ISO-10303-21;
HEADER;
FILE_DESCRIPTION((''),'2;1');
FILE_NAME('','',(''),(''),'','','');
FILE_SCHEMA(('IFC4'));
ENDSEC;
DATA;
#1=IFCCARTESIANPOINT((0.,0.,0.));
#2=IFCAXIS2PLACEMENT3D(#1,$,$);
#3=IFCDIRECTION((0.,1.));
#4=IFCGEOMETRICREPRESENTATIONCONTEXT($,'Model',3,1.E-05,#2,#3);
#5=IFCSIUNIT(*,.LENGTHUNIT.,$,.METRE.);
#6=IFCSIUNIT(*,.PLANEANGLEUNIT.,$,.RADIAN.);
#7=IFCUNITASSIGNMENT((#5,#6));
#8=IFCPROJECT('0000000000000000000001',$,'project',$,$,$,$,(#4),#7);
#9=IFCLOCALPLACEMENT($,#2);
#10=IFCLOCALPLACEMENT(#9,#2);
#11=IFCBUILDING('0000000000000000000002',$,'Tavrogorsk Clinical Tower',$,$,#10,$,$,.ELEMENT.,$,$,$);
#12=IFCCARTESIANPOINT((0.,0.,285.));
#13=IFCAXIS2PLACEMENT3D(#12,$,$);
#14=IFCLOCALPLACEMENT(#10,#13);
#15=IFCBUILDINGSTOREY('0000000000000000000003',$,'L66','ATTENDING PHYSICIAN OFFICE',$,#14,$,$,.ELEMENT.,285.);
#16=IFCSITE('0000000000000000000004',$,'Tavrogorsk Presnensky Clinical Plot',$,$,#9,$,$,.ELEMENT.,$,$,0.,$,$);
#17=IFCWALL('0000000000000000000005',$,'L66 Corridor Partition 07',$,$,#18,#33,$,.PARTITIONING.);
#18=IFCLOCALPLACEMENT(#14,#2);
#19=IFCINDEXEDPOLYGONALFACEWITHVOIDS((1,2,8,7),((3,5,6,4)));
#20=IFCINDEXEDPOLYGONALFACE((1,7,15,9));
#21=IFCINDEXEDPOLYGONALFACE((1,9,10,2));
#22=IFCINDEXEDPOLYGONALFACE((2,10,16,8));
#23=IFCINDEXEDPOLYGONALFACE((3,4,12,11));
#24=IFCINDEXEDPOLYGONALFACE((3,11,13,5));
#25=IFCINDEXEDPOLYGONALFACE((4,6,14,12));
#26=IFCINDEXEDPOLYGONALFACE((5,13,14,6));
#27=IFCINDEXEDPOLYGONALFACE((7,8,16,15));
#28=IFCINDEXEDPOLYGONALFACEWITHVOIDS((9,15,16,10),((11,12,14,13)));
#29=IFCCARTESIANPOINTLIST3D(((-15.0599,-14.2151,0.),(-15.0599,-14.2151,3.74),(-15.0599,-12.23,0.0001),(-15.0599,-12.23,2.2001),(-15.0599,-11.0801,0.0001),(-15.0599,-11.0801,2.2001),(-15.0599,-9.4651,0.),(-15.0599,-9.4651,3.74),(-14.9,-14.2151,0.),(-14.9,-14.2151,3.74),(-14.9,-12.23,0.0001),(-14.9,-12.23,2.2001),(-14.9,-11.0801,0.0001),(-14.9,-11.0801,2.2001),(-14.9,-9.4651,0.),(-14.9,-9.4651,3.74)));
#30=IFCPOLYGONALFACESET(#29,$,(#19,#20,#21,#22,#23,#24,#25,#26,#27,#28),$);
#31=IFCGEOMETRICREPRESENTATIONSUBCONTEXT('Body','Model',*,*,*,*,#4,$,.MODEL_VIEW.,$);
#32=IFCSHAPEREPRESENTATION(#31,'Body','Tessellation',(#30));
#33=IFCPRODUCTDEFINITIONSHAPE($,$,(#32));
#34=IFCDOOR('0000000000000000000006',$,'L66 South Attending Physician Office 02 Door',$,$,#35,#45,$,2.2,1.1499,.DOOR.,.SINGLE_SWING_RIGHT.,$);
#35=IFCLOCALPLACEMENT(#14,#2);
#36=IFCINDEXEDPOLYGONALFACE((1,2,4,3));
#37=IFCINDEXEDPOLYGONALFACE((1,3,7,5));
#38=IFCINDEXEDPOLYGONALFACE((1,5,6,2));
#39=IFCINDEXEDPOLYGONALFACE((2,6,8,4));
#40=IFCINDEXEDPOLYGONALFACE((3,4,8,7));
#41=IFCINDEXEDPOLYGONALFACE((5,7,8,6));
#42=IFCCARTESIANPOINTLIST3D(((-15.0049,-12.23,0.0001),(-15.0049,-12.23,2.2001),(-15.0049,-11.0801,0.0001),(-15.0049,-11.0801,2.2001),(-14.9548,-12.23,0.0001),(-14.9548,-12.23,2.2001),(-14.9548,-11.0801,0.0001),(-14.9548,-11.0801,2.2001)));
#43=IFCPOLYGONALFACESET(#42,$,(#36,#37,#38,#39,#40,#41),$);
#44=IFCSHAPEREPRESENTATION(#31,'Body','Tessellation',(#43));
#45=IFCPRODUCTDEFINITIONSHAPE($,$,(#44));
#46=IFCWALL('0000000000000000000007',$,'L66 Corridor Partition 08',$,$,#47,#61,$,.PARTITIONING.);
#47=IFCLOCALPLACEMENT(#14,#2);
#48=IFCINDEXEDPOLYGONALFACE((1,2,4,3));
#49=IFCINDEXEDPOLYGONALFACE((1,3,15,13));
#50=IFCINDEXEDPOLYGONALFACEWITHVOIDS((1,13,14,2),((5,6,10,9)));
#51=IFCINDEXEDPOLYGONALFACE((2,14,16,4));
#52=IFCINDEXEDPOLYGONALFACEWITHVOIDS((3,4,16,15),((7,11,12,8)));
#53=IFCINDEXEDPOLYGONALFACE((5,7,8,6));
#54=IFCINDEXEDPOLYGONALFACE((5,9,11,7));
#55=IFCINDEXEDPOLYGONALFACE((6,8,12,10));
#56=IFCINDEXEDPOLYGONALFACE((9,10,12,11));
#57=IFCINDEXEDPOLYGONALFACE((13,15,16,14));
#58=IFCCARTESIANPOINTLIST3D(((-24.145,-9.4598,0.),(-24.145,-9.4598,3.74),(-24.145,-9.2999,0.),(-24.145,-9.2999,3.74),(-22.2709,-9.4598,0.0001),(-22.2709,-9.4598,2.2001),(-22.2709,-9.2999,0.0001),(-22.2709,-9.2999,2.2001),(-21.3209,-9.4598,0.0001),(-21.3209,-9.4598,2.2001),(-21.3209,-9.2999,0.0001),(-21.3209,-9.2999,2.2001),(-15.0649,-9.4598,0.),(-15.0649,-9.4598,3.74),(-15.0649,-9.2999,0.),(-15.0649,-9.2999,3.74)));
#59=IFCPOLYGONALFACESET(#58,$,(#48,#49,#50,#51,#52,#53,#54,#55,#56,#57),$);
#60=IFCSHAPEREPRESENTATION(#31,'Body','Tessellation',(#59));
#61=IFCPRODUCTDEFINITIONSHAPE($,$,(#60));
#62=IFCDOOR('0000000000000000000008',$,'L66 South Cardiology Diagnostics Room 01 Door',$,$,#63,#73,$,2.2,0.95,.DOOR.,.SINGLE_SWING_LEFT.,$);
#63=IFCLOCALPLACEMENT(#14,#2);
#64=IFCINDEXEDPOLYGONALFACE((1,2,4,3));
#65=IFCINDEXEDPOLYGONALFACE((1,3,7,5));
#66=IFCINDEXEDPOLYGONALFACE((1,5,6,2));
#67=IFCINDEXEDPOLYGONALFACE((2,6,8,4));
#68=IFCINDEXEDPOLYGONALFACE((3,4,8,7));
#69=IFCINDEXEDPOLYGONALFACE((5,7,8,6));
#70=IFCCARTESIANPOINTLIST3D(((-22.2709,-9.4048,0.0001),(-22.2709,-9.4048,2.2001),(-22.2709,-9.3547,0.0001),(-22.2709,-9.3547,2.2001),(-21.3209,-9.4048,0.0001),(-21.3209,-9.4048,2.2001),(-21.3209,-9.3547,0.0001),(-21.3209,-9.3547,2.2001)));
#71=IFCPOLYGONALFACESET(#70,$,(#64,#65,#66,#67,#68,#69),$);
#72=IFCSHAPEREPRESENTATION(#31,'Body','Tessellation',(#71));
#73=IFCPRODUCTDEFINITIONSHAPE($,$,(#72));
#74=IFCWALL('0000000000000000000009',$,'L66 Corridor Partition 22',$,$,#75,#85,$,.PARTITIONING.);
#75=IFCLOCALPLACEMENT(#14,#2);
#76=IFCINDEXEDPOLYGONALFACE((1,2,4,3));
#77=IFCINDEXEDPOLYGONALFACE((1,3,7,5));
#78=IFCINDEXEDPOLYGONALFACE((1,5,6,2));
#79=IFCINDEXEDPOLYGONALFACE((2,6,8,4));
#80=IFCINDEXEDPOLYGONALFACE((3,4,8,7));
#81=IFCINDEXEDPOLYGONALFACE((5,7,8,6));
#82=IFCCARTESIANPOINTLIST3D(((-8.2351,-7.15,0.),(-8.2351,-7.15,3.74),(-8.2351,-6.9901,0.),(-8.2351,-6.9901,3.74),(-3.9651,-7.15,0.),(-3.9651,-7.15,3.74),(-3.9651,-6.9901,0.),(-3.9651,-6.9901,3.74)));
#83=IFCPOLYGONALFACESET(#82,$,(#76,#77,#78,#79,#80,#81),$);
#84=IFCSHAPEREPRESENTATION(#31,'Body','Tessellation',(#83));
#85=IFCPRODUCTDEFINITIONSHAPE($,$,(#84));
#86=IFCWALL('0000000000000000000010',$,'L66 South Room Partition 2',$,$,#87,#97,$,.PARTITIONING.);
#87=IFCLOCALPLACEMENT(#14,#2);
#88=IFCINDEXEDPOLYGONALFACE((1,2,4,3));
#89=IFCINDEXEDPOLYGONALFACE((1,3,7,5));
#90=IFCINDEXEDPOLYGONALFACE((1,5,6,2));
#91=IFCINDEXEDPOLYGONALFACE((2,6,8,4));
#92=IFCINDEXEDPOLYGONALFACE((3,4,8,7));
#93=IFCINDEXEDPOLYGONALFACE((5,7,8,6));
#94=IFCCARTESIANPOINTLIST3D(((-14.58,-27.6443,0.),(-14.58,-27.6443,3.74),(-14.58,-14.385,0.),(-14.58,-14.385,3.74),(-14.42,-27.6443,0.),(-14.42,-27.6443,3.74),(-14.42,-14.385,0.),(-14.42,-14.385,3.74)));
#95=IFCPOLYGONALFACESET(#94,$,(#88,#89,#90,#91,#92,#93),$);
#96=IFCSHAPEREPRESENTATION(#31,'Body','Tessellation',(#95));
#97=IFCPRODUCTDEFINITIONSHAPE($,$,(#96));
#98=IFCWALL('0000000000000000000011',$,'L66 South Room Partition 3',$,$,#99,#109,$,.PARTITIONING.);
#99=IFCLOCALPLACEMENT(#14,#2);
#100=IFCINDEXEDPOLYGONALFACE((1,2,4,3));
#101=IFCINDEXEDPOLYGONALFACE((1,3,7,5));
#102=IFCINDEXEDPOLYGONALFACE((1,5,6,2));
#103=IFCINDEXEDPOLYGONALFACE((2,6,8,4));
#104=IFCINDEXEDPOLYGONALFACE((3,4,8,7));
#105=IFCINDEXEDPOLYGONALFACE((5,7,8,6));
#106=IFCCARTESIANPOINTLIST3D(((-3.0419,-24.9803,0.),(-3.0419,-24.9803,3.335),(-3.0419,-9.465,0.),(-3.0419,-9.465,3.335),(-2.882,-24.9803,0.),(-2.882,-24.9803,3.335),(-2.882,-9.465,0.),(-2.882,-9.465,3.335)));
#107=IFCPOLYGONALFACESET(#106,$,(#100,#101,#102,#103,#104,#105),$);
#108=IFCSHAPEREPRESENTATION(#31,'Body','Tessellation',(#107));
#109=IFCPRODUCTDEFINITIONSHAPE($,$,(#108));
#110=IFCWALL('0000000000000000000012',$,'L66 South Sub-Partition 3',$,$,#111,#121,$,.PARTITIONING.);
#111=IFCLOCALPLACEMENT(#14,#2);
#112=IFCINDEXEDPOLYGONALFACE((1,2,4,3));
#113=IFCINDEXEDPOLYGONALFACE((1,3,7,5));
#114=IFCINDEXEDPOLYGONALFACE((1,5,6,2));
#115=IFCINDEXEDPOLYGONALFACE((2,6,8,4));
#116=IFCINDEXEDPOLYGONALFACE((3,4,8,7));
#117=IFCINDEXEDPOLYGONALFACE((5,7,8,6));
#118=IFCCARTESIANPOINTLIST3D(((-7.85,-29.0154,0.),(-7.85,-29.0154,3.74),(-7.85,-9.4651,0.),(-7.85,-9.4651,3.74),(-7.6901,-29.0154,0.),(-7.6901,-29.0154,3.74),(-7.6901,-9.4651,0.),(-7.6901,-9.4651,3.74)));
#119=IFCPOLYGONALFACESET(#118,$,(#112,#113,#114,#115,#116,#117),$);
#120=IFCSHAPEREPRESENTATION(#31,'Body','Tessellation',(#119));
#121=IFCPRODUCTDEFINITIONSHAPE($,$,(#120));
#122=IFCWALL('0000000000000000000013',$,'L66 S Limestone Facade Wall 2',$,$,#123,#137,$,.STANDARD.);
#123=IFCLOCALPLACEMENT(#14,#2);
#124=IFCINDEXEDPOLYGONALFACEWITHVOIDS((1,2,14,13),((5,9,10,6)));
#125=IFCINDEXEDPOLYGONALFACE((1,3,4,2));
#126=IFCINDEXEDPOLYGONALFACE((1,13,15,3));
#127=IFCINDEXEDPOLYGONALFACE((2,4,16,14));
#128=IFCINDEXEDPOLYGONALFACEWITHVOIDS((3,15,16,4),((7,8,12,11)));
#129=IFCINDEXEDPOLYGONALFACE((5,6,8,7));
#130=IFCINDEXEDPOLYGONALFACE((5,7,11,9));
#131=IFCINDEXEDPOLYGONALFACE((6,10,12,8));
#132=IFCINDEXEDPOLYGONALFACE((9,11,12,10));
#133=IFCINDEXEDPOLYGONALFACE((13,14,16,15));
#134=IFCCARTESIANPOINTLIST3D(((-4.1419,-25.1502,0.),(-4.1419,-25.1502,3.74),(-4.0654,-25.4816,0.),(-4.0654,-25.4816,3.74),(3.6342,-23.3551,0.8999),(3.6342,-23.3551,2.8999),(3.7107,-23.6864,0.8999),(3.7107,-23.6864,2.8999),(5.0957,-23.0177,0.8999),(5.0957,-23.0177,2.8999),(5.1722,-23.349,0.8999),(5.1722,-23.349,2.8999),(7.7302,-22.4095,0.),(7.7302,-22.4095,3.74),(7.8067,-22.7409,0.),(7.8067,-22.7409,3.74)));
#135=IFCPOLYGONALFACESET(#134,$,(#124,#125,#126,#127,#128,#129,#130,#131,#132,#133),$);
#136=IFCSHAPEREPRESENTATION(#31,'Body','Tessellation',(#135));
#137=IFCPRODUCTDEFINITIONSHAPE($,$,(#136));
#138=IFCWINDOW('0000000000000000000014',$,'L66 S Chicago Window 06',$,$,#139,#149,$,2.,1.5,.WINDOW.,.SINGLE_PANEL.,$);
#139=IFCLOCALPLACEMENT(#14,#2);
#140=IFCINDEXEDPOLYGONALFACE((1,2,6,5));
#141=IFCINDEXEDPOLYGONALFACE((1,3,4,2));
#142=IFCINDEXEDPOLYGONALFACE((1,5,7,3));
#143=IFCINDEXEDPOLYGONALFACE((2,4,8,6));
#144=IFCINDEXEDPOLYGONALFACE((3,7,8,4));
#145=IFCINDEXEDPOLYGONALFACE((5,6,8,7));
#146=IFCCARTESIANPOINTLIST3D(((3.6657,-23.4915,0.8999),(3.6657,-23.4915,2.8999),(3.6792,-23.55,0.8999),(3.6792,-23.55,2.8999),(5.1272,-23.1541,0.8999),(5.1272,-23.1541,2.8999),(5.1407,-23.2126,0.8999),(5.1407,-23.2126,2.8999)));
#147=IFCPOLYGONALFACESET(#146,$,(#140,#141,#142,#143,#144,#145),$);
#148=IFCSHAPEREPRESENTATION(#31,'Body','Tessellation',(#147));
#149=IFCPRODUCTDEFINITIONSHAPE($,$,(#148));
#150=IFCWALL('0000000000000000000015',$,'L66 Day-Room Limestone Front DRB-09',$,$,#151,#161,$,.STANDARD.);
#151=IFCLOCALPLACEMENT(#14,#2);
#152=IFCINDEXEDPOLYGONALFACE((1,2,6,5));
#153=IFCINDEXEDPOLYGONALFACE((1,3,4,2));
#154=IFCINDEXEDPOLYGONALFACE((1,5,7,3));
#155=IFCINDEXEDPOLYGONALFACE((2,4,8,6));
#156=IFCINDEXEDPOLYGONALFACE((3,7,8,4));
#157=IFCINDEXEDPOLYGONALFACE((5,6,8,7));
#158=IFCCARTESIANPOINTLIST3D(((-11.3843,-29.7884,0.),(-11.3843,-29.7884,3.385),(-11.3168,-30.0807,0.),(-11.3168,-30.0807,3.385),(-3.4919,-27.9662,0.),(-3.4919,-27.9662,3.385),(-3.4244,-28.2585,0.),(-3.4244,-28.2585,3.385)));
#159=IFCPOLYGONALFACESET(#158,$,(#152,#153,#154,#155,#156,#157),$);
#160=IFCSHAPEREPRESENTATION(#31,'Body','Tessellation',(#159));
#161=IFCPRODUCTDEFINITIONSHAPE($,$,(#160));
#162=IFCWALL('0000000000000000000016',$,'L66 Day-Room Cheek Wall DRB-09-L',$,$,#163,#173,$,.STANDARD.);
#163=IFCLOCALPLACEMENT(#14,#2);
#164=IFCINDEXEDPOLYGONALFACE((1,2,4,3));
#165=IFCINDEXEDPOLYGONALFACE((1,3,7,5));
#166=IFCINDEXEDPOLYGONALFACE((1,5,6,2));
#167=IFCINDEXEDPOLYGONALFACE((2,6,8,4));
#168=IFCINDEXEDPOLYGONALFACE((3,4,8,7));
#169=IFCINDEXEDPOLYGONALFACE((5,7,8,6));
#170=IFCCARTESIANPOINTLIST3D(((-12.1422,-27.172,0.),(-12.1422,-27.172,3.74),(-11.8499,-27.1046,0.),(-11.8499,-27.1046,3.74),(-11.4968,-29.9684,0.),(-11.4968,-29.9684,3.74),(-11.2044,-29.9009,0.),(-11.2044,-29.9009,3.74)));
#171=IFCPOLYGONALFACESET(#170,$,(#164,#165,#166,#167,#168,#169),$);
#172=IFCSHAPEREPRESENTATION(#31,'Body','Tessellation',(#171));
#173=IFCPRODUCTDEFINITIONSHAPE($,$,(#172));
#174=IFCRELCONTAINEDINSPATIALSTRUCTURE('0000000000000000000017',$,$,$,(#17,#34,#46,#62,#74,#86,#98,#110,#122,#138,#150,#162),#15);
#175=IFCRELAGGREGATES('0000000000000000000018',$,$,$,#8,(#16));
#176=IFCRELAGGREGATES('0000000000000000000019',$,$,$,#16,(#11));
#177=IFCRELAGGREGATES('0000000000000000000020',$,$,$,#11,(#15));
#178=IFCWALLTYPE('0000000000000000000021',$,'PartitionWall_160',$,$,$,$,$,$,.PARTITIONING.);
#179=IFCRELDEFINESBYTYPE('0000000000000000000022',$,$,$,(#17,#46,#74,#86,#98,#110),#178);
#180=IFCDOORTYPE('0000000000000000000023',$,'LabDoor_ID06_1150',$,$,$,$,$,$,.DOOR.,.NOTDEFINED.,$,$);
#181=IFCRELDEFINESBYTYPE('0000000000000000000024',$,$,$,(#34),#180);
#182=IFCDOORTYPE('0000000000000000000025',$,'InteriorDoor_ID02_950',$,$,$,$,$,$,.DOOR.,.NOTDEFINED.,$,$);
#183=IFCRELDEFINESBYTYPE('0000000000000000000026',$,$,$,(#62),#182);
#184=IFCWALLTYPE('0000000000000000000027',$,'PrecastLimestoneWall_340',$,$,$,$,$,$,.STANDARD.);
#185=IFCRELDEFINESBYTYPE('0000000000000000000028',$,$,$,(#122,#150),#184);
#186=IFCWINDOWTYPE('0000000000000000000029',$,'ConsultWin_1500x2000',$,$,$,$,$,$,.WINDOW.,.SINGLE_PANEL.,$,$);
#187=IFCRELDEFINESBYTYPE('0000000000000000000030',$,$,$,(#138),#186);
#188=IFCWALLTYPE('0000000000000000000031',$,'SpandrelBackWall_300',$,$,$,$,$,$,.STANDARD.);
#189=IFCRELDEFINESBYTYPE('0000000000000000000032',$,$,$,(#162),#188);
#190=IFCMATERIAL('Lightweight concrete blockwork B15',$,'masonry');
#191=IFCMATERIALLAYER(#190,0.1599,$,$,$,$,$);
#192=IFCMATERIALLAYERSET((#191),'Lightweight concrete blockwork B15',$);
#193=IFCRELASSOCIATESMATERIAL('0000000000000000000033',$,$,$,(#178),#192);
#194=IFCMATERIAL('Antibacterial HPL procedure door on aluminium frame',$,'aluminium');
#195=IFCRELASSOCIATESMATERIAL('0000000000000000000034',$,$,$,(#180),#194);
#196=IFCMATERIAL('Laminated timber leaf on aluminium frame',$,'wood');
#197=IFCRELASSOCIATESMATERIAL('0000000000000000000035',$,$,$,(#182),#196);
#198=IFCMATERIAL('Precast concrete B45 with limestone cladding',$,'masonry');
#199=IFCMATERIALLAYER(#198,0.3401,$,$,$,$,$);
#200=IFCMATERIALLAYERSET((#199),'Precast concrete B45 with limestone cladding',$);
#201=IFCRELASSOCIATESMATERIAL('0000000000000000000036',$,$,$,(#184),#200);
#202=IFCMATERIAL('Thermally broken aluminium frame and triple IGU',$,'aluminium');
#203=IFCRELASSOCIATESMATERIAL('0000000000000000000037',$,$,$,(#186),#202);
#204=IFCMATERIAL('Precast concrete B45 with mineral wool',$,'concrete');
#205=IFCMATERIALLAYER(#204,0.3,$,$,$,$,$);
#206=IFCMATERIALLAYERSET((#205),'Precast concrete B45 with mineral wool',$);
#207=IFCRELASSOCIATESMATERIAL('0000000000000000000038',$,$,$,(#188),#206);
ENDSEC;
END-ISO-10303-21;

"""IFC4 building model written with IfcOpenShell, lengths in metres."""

from ifc_helpers import new_model, si_unit, direction, frame, frame_2d, origin, place, context, subcontext, project, spatial, rectangle, extrude, material, layer, layer_set, type_object, element, fill, save


model = new_model("IFC4")

# Units and contexts
model_context = context("Model", 3, precision=1e-05, world=origin(), true_north=direction((0.0, 1.0)))
body_context = subcontext(model_context, "Body", "Model", "MODEL_VIEW")
ifc_project = project(units=[si_unit("LENGTHUNIT", "METRE"), si_unit("PLANEANGLEUNIT", "RADIAN")], contexts=[model_context])

# Site, building, storey
site_placement = place(None, origin())
site = spatial("IfcSite", under=ifc_project, at=site_placement, Name="Tavrogorsk Presnensky Clinical Plot", CompositionType="ELEMENT", RefElevation=0.0)
building_placement = place(site_placement, origin())
building = spatial("IfcBuilding", under=site, at=building_placement, Name="Tavrogorsk Clinical Tower", CompositionType="ELEMENT")
storey_placement = place(building_placement, frame((0.0, 0.0, 285.0)))
storey = spatial("IfcBuildingStorey", under=building, at=storey_placement, Name="L66", Description="ATTENDING PHYSICIAN OFFICE", CompositionType="ELEMENT", Elevation=285.0)

# Shared definitions
ifc_material_1 = material(Name="Lightweight concrete blockwork B15", Category="masonry")
ifc_layer_1 = layer(ifc_material_1, 0.1599)
ifc_layer_set_1 = layer_set([ifc_layer_1], Name="Lightweight concrete blockwork B15")
wall_type_1 = type_object("IfcWallType", Name="PartitionWall_160", PredefinedType="PARTITIONING", material=ifc_layer_set_1)

# Walls, openings, doors
wall_1_placement = place(storey_placement, frame((-14.98, -14.2151, 0.0), z_axis=(0.0, 0.0, 1.0), x_axis=(0.0, 1.0, 0.0)))
wall_1 = element("IfcWall", 1, at=wall_1_placement, inside=storey, type_object=wall_type_1, Name="L66 Corridor Partition 07", PredefinedType="PARTITIONING", context=body_context, shape_type="SweptSolid", body=[
    extrude(rectangle(XDim=4.75, YDim=0.1599, at=frame_2d((2.375, 0.0))), origin(), (0.0, 0.0, 1.0), 3.74),
])
opening_1_placement = place(wall_1_placement, frame((1.9851, 0.0, 0.0)))
opening_1 = element("IfcOpeningElement", 2, at=opening_1_placement, cuts=wall_1, PredefinedType="OPENING", context=body_context, shape_type="SweptSolid", body=[
    extrude(rectangle(XDim=1.1499, YDim=2.2, at=frame_2d((0.575, 1.1001))), frame((0.0, 0.0898, 0.0), z_axis=(0.0, -1.0, 0.0), x_axis=(1.0, 0.0, 0.0)), (0.0, 0.0, 1.0), 0.1799),
])
ifc_material_2 = material(Name="Antibacterial HPL procedure door on aluminium frame", Category="aluminium")
door_type_1 = type_object("IfcDoorType", Name="LabDoor_ID06_1150", OperationType="NOTDEFINED", PredefinedType="DOOR", material=ifc_material_2)
door_1_placement = place(opening_1_placement, origin())
door_1 = element("IfcDoor", 3, at=door_1_placement, inside=storey, type_object=door_type_1, Name="L66 South Attending Physician Office 02 Door", OperationType="SINGLE_SWING_RIGHT", OverallHeight=2.2, OverallWidth=1.1499, PredefinedType="DOOR", context=body_context, shape_type="SweptSolid", body=[
    extrude(rectangle(XDim=1.1499, YDim=2.2, at=frame_2d((0.575, 1.1001))), frame((0.0, 0.0249, 0.0), z_axis=(0.0, -1.0, 0.0), x_axis=(1.0, 0.0, 0.0)), (0.0, 0.0, 1.0), 0.05),
])
fill(opening_1, door_1)
wall_2_placement = place(storey_placement, frame((-15.0649, -9.3799, 0.0), z_axis=(0.0, 0.0, 1.0), x_axis=(-1.0, 0.0, 0.0)))
wall_2 = element("IfcWall", 4, at=wall_2_placement, inside=storey, type_object=wall_type_1, Name="L66 Corridor Partition 08", PredefinedType="PARTITIONING", context=body_context, shape_type="SweptSolid", body=[
    extrude(rectangle(XDim=9.0801, YDim=0.1599, at=frame_2d((4.54, 0.0))), origin(), (0.0, 0.0, 1.0), 3.74),
])
opening_2_placement = place(wall_2_placement, frame((6.2559, 0.0, 0.0)))
opening_2 = element("IfcOpeningElement", 5, at=opening_2_placement, cuts=wall_2, PredefinedType="OPENING", context=body_context, shape_type="SweptSolid", body=[
    extrude(rectangle(XDim=0.95, YDim=2.2, at=frame_2d((0.4751, 1.1001))), frame((0.0, 0.0898, 0.0), z_axis=(0.0, -1.0, 0.0), x_axis=(1.0, 0.0, 0.0)), (0.0, 0.0, 1.0), 0.1799),
])
ifc_material_3 = material(Name="Laminated timber leaf on aluminium frame", Category="wood")
door_type_2 = type_object("IfcDoorType", Name="InteriorDoor_ID02_950", OperationType="NOTDEFINED", PredefinedType="DOOR", material=ifc_material_3)
door_2_placement = place(opening_2_placement, origin())
door_2 = element("IfcDoor", 6, at=door_2_placement, inside=storey, type_object=door_type_2, Name="L66 South Cardiology Diagnostics Room 01 Door", OperationType="SINGLE_SWING_LEFT", OverallHeight=2.2, OverallWidth=0.95, PredefinedType="DOOR", context=body_context, shape_type="SweptSolid", body=[
    extrude(rectangle(XDim=0.95, YDim=2.2, at=frame_2d((0.4751, 1.1001))), frame((0.0, 0.0249, 0.0), z_axis=(0.0, -1.0, 0.0), x_axis=(1.0, 0.0, 0.0)), (0.0, 0.0, 1.0), 0.05),
])
fill(opening_2, door_2)

# Walls
wall_3_placement = place(storey_placement, frame((-8.2351, -7.0701, 0.0), z_axis=(0.0, 0.0, 1.0), x_axis=(1.0, 0.0, 0.0)))
element("IfcWall", 7, at=wall_3_placement, inside=storey, type_object=wall_type_1, Name="L66 Corridor Partition 22", PredefinedType="PARTITIONING", context=body_context, shape_type="SweptSolid", body=[
    extrude(rectangle(XDim=4.27, YDim=0.1599, at=frame_2d((2.135, 0.0))), origin(), (0.0, 0.0, 1.0), 3.74),
])
wall_4_placement = place(storey_placement, frame((-14.5, -27.6443, 0.0), z_axis=(0.0, 0.0, 1.0), x_axis=(0.0, 1.0, 0.0)))
element("IfcWall", 8, at=wall_4_placement, inside=storey, type_object=wall_type_1, Name="L66 South Room Partition 2", PredefinedType="PARTITIONING", context=body_context, shape_type="SweptSolid", body=[
    extrude(rectangle(XDim=13.2593, YDim=0.1599, at=frame_2d((6.6296, 0.0))), origin(), (0.0, 0.0, 1.0), 3.74),
])
wall_5_placement = place(storey_placement, frame((-2.9619, -24.9805, 0.0), z_axis=(0.0, 0.0, 1.0), x_axis=(0.0, 1.0, 0.0)))
element("IfcWall", 9, at=wall_5_placement, inside=storey, type_object=wall_type_1, Name="L66 South Room Partition 3", PredefinedType="PARTITIONING", context=body_context, shape_type="SweptSolid", body=[
    extrude(rectangle(XDim=15.5154, YDim=0.1599, at=frame_2d((7.7578, 0.0))), origin(), (0.0, 0.0, 1.0), 3.335),
])
wall_6_placement = place(storey_placement, frame((-7.77, -29.0154, 0.0), z_axis=(0.0, 0.0, 1.0), x_axis=(0.0, 1.0, 0.0)))
element("IfcWall", 10, at=wall_6_placement, inside=storey, type_object=wall_type_1, Name="L66 South Sub-Partition 3", PredefinedType="PARTITIONING", context=body_context, shape_type="SweptSolid", body=[
    extrude(rectangle(XDim=19.5503, YDim=0.1599, at=frame_2d((9.7751, 0.0))), origin(), (0.0, 0.0, 1.0), 3.74),
])

# Wall, opening, window
ifc_material_4 = material(Name="Precast concrete B45 with limestone cladding", Category="masonry")
ifc_layer_2 = layer(ifc_material_4, 0.3401)
ifc_layer_set_2 = layer_set([ifc_layer_2], Name="Precast concrete B45 with limestone cladding")
wall_type_2 = type_object("IfcWallType", Name="PrecastLimestoneWall_340", PredefinedType="STANDARD", material=ifc_layer_set_2)
wall_7_placement = place(storey_placement, frame((-4.1038, -25.3159, 0.0), z_axis=(0.0, 0.0, 1.0), x_axis=(0.974373, 0.224939, 0.0)))
wall_7 = element("IfcWall", 11, at=wall_7_placement, inside=storey, type_object=wall_type_2, Name="L66 S Limestone Facade Wall 2", PredefinedType="STANDARD", context=body_context, shape_type="SweptSolid", body=[
    extrude(rectangle(XDim=12.1843, YDim=0.3401, at=frame_2d((6.0923, 0.0))), origin(), (0.0, 0.0, 1.0), 3.74),
])
opening_3_placement = place(wall_7_placement, frame((7.9807, 0.0, 0.8999)))
opening_3 = element("IfcOpeningElement", 12, at=opening_3_placement, cuts=wall_7, PredefinedType="OPENING", context=body_context, shape_type="SweptSolid", body=[
    extrude(rectangle(XDim=1.5, YDim=2.0, at=frame_2d((0.75, 1.0))), frame((0.0, 0.1799, 0.0), z_axis=(0.0, -1.0, 0.0), x_axis=(1.0, 0.0, 0.0)), (0.0, 0.0, 1.0), 0.3601),
])
ifc_material_5 = material(Name="Thermally broken aluminium frame and triple IGU", Category="aluminium")
window_type = type_object("IfcWindowType", Name="ConsultWin_1500x2000", PartitioningType="SINGLE_PANEL", PredefinedType="WINDOW", material=ifc_material_5)
window_placement = place(opening_3_placement, origin())
window = element("IfcWindow", 13, at=window_placement, inside=storey, type_object=window_type, Name="L66 S Chicago Window 06", OverallHeight=2.0, OverallWidth=1.5, PartitioningType="SINGLE_PANEL", PredefinedType="WINDOW", context=body_context, shape_type="SweptSolid", body=[
    extrude(rectangle(XDim=1.5, YDim=2.0, at=frame_2d((0.75, 1.0))), frame((0.0, 0.03, 0.0), z_axis=(0.0, -1.0, 0.0), x_axis=(1.0, 0.0, 0.0)), (0.0, 0.0, 1.0), 0.0601),
])
fill(opening_3, window)

# Walls
wall_8_placement = place(storey_placement, frame((-11.3506, -29.9346, 0.0), z_axis=(0.0, 0.0, 1.0), x_axis=(0.974367, 0.224965, 0.0)))
element("IfcWall", 14, at=wall_8_placement, inside=storey, type_object=wall_type_2, Name="L66 Day-Room Limestone Front DRB-09", PredefinedType="STANDARD", context=body_context, shape_type="SweptSolid", body=[
    extrude(rectangle(XDim=8.1001, YDim=0.3, at=frame_2d((4.05, 0.0))), origin(), (0.0, 0.0, 1.0), 3.385),
])
ifc_material_6 = material(Name="Precast concrete B45 with mineral wool", Category="concrete")
ifc_layer_3 = layer(ifc_material_6, 0.3)
ifc_layer_set_3 = layer_set([ifc_layer_3], Name="Precast concrete B45 with mineral wool")
wall_type_3 = type_object("IfcWallType", Name="SpandrelBackWall_300", PredefinedType="STANDARD", material=ifc_layer_set_3)
wall_9_placement = place(storey_placement, frame((-11.9961, -27.1382, 0.0), z_axis=(0.0, 0.0, 1.0), x_axis=(0.224922, -0.974377, 0.0)))
element("IfcWall", 15, at=wall_9_placement, inside=storey, type_object=wall_type_3, Name="L66 Day-Room Cheek Wall DRB-09-L", PredefinedType="STANDARD", context=body_context, shape_type="SweptSolid", body=[
    extrude(rectangle(XDim=2.8699, YDim=0.3, at=frame_2d((1.4351, 0.0))), origin(), (0.0, 0.0, 1.0), 3.74),
])

save(model, "model.ifc")
